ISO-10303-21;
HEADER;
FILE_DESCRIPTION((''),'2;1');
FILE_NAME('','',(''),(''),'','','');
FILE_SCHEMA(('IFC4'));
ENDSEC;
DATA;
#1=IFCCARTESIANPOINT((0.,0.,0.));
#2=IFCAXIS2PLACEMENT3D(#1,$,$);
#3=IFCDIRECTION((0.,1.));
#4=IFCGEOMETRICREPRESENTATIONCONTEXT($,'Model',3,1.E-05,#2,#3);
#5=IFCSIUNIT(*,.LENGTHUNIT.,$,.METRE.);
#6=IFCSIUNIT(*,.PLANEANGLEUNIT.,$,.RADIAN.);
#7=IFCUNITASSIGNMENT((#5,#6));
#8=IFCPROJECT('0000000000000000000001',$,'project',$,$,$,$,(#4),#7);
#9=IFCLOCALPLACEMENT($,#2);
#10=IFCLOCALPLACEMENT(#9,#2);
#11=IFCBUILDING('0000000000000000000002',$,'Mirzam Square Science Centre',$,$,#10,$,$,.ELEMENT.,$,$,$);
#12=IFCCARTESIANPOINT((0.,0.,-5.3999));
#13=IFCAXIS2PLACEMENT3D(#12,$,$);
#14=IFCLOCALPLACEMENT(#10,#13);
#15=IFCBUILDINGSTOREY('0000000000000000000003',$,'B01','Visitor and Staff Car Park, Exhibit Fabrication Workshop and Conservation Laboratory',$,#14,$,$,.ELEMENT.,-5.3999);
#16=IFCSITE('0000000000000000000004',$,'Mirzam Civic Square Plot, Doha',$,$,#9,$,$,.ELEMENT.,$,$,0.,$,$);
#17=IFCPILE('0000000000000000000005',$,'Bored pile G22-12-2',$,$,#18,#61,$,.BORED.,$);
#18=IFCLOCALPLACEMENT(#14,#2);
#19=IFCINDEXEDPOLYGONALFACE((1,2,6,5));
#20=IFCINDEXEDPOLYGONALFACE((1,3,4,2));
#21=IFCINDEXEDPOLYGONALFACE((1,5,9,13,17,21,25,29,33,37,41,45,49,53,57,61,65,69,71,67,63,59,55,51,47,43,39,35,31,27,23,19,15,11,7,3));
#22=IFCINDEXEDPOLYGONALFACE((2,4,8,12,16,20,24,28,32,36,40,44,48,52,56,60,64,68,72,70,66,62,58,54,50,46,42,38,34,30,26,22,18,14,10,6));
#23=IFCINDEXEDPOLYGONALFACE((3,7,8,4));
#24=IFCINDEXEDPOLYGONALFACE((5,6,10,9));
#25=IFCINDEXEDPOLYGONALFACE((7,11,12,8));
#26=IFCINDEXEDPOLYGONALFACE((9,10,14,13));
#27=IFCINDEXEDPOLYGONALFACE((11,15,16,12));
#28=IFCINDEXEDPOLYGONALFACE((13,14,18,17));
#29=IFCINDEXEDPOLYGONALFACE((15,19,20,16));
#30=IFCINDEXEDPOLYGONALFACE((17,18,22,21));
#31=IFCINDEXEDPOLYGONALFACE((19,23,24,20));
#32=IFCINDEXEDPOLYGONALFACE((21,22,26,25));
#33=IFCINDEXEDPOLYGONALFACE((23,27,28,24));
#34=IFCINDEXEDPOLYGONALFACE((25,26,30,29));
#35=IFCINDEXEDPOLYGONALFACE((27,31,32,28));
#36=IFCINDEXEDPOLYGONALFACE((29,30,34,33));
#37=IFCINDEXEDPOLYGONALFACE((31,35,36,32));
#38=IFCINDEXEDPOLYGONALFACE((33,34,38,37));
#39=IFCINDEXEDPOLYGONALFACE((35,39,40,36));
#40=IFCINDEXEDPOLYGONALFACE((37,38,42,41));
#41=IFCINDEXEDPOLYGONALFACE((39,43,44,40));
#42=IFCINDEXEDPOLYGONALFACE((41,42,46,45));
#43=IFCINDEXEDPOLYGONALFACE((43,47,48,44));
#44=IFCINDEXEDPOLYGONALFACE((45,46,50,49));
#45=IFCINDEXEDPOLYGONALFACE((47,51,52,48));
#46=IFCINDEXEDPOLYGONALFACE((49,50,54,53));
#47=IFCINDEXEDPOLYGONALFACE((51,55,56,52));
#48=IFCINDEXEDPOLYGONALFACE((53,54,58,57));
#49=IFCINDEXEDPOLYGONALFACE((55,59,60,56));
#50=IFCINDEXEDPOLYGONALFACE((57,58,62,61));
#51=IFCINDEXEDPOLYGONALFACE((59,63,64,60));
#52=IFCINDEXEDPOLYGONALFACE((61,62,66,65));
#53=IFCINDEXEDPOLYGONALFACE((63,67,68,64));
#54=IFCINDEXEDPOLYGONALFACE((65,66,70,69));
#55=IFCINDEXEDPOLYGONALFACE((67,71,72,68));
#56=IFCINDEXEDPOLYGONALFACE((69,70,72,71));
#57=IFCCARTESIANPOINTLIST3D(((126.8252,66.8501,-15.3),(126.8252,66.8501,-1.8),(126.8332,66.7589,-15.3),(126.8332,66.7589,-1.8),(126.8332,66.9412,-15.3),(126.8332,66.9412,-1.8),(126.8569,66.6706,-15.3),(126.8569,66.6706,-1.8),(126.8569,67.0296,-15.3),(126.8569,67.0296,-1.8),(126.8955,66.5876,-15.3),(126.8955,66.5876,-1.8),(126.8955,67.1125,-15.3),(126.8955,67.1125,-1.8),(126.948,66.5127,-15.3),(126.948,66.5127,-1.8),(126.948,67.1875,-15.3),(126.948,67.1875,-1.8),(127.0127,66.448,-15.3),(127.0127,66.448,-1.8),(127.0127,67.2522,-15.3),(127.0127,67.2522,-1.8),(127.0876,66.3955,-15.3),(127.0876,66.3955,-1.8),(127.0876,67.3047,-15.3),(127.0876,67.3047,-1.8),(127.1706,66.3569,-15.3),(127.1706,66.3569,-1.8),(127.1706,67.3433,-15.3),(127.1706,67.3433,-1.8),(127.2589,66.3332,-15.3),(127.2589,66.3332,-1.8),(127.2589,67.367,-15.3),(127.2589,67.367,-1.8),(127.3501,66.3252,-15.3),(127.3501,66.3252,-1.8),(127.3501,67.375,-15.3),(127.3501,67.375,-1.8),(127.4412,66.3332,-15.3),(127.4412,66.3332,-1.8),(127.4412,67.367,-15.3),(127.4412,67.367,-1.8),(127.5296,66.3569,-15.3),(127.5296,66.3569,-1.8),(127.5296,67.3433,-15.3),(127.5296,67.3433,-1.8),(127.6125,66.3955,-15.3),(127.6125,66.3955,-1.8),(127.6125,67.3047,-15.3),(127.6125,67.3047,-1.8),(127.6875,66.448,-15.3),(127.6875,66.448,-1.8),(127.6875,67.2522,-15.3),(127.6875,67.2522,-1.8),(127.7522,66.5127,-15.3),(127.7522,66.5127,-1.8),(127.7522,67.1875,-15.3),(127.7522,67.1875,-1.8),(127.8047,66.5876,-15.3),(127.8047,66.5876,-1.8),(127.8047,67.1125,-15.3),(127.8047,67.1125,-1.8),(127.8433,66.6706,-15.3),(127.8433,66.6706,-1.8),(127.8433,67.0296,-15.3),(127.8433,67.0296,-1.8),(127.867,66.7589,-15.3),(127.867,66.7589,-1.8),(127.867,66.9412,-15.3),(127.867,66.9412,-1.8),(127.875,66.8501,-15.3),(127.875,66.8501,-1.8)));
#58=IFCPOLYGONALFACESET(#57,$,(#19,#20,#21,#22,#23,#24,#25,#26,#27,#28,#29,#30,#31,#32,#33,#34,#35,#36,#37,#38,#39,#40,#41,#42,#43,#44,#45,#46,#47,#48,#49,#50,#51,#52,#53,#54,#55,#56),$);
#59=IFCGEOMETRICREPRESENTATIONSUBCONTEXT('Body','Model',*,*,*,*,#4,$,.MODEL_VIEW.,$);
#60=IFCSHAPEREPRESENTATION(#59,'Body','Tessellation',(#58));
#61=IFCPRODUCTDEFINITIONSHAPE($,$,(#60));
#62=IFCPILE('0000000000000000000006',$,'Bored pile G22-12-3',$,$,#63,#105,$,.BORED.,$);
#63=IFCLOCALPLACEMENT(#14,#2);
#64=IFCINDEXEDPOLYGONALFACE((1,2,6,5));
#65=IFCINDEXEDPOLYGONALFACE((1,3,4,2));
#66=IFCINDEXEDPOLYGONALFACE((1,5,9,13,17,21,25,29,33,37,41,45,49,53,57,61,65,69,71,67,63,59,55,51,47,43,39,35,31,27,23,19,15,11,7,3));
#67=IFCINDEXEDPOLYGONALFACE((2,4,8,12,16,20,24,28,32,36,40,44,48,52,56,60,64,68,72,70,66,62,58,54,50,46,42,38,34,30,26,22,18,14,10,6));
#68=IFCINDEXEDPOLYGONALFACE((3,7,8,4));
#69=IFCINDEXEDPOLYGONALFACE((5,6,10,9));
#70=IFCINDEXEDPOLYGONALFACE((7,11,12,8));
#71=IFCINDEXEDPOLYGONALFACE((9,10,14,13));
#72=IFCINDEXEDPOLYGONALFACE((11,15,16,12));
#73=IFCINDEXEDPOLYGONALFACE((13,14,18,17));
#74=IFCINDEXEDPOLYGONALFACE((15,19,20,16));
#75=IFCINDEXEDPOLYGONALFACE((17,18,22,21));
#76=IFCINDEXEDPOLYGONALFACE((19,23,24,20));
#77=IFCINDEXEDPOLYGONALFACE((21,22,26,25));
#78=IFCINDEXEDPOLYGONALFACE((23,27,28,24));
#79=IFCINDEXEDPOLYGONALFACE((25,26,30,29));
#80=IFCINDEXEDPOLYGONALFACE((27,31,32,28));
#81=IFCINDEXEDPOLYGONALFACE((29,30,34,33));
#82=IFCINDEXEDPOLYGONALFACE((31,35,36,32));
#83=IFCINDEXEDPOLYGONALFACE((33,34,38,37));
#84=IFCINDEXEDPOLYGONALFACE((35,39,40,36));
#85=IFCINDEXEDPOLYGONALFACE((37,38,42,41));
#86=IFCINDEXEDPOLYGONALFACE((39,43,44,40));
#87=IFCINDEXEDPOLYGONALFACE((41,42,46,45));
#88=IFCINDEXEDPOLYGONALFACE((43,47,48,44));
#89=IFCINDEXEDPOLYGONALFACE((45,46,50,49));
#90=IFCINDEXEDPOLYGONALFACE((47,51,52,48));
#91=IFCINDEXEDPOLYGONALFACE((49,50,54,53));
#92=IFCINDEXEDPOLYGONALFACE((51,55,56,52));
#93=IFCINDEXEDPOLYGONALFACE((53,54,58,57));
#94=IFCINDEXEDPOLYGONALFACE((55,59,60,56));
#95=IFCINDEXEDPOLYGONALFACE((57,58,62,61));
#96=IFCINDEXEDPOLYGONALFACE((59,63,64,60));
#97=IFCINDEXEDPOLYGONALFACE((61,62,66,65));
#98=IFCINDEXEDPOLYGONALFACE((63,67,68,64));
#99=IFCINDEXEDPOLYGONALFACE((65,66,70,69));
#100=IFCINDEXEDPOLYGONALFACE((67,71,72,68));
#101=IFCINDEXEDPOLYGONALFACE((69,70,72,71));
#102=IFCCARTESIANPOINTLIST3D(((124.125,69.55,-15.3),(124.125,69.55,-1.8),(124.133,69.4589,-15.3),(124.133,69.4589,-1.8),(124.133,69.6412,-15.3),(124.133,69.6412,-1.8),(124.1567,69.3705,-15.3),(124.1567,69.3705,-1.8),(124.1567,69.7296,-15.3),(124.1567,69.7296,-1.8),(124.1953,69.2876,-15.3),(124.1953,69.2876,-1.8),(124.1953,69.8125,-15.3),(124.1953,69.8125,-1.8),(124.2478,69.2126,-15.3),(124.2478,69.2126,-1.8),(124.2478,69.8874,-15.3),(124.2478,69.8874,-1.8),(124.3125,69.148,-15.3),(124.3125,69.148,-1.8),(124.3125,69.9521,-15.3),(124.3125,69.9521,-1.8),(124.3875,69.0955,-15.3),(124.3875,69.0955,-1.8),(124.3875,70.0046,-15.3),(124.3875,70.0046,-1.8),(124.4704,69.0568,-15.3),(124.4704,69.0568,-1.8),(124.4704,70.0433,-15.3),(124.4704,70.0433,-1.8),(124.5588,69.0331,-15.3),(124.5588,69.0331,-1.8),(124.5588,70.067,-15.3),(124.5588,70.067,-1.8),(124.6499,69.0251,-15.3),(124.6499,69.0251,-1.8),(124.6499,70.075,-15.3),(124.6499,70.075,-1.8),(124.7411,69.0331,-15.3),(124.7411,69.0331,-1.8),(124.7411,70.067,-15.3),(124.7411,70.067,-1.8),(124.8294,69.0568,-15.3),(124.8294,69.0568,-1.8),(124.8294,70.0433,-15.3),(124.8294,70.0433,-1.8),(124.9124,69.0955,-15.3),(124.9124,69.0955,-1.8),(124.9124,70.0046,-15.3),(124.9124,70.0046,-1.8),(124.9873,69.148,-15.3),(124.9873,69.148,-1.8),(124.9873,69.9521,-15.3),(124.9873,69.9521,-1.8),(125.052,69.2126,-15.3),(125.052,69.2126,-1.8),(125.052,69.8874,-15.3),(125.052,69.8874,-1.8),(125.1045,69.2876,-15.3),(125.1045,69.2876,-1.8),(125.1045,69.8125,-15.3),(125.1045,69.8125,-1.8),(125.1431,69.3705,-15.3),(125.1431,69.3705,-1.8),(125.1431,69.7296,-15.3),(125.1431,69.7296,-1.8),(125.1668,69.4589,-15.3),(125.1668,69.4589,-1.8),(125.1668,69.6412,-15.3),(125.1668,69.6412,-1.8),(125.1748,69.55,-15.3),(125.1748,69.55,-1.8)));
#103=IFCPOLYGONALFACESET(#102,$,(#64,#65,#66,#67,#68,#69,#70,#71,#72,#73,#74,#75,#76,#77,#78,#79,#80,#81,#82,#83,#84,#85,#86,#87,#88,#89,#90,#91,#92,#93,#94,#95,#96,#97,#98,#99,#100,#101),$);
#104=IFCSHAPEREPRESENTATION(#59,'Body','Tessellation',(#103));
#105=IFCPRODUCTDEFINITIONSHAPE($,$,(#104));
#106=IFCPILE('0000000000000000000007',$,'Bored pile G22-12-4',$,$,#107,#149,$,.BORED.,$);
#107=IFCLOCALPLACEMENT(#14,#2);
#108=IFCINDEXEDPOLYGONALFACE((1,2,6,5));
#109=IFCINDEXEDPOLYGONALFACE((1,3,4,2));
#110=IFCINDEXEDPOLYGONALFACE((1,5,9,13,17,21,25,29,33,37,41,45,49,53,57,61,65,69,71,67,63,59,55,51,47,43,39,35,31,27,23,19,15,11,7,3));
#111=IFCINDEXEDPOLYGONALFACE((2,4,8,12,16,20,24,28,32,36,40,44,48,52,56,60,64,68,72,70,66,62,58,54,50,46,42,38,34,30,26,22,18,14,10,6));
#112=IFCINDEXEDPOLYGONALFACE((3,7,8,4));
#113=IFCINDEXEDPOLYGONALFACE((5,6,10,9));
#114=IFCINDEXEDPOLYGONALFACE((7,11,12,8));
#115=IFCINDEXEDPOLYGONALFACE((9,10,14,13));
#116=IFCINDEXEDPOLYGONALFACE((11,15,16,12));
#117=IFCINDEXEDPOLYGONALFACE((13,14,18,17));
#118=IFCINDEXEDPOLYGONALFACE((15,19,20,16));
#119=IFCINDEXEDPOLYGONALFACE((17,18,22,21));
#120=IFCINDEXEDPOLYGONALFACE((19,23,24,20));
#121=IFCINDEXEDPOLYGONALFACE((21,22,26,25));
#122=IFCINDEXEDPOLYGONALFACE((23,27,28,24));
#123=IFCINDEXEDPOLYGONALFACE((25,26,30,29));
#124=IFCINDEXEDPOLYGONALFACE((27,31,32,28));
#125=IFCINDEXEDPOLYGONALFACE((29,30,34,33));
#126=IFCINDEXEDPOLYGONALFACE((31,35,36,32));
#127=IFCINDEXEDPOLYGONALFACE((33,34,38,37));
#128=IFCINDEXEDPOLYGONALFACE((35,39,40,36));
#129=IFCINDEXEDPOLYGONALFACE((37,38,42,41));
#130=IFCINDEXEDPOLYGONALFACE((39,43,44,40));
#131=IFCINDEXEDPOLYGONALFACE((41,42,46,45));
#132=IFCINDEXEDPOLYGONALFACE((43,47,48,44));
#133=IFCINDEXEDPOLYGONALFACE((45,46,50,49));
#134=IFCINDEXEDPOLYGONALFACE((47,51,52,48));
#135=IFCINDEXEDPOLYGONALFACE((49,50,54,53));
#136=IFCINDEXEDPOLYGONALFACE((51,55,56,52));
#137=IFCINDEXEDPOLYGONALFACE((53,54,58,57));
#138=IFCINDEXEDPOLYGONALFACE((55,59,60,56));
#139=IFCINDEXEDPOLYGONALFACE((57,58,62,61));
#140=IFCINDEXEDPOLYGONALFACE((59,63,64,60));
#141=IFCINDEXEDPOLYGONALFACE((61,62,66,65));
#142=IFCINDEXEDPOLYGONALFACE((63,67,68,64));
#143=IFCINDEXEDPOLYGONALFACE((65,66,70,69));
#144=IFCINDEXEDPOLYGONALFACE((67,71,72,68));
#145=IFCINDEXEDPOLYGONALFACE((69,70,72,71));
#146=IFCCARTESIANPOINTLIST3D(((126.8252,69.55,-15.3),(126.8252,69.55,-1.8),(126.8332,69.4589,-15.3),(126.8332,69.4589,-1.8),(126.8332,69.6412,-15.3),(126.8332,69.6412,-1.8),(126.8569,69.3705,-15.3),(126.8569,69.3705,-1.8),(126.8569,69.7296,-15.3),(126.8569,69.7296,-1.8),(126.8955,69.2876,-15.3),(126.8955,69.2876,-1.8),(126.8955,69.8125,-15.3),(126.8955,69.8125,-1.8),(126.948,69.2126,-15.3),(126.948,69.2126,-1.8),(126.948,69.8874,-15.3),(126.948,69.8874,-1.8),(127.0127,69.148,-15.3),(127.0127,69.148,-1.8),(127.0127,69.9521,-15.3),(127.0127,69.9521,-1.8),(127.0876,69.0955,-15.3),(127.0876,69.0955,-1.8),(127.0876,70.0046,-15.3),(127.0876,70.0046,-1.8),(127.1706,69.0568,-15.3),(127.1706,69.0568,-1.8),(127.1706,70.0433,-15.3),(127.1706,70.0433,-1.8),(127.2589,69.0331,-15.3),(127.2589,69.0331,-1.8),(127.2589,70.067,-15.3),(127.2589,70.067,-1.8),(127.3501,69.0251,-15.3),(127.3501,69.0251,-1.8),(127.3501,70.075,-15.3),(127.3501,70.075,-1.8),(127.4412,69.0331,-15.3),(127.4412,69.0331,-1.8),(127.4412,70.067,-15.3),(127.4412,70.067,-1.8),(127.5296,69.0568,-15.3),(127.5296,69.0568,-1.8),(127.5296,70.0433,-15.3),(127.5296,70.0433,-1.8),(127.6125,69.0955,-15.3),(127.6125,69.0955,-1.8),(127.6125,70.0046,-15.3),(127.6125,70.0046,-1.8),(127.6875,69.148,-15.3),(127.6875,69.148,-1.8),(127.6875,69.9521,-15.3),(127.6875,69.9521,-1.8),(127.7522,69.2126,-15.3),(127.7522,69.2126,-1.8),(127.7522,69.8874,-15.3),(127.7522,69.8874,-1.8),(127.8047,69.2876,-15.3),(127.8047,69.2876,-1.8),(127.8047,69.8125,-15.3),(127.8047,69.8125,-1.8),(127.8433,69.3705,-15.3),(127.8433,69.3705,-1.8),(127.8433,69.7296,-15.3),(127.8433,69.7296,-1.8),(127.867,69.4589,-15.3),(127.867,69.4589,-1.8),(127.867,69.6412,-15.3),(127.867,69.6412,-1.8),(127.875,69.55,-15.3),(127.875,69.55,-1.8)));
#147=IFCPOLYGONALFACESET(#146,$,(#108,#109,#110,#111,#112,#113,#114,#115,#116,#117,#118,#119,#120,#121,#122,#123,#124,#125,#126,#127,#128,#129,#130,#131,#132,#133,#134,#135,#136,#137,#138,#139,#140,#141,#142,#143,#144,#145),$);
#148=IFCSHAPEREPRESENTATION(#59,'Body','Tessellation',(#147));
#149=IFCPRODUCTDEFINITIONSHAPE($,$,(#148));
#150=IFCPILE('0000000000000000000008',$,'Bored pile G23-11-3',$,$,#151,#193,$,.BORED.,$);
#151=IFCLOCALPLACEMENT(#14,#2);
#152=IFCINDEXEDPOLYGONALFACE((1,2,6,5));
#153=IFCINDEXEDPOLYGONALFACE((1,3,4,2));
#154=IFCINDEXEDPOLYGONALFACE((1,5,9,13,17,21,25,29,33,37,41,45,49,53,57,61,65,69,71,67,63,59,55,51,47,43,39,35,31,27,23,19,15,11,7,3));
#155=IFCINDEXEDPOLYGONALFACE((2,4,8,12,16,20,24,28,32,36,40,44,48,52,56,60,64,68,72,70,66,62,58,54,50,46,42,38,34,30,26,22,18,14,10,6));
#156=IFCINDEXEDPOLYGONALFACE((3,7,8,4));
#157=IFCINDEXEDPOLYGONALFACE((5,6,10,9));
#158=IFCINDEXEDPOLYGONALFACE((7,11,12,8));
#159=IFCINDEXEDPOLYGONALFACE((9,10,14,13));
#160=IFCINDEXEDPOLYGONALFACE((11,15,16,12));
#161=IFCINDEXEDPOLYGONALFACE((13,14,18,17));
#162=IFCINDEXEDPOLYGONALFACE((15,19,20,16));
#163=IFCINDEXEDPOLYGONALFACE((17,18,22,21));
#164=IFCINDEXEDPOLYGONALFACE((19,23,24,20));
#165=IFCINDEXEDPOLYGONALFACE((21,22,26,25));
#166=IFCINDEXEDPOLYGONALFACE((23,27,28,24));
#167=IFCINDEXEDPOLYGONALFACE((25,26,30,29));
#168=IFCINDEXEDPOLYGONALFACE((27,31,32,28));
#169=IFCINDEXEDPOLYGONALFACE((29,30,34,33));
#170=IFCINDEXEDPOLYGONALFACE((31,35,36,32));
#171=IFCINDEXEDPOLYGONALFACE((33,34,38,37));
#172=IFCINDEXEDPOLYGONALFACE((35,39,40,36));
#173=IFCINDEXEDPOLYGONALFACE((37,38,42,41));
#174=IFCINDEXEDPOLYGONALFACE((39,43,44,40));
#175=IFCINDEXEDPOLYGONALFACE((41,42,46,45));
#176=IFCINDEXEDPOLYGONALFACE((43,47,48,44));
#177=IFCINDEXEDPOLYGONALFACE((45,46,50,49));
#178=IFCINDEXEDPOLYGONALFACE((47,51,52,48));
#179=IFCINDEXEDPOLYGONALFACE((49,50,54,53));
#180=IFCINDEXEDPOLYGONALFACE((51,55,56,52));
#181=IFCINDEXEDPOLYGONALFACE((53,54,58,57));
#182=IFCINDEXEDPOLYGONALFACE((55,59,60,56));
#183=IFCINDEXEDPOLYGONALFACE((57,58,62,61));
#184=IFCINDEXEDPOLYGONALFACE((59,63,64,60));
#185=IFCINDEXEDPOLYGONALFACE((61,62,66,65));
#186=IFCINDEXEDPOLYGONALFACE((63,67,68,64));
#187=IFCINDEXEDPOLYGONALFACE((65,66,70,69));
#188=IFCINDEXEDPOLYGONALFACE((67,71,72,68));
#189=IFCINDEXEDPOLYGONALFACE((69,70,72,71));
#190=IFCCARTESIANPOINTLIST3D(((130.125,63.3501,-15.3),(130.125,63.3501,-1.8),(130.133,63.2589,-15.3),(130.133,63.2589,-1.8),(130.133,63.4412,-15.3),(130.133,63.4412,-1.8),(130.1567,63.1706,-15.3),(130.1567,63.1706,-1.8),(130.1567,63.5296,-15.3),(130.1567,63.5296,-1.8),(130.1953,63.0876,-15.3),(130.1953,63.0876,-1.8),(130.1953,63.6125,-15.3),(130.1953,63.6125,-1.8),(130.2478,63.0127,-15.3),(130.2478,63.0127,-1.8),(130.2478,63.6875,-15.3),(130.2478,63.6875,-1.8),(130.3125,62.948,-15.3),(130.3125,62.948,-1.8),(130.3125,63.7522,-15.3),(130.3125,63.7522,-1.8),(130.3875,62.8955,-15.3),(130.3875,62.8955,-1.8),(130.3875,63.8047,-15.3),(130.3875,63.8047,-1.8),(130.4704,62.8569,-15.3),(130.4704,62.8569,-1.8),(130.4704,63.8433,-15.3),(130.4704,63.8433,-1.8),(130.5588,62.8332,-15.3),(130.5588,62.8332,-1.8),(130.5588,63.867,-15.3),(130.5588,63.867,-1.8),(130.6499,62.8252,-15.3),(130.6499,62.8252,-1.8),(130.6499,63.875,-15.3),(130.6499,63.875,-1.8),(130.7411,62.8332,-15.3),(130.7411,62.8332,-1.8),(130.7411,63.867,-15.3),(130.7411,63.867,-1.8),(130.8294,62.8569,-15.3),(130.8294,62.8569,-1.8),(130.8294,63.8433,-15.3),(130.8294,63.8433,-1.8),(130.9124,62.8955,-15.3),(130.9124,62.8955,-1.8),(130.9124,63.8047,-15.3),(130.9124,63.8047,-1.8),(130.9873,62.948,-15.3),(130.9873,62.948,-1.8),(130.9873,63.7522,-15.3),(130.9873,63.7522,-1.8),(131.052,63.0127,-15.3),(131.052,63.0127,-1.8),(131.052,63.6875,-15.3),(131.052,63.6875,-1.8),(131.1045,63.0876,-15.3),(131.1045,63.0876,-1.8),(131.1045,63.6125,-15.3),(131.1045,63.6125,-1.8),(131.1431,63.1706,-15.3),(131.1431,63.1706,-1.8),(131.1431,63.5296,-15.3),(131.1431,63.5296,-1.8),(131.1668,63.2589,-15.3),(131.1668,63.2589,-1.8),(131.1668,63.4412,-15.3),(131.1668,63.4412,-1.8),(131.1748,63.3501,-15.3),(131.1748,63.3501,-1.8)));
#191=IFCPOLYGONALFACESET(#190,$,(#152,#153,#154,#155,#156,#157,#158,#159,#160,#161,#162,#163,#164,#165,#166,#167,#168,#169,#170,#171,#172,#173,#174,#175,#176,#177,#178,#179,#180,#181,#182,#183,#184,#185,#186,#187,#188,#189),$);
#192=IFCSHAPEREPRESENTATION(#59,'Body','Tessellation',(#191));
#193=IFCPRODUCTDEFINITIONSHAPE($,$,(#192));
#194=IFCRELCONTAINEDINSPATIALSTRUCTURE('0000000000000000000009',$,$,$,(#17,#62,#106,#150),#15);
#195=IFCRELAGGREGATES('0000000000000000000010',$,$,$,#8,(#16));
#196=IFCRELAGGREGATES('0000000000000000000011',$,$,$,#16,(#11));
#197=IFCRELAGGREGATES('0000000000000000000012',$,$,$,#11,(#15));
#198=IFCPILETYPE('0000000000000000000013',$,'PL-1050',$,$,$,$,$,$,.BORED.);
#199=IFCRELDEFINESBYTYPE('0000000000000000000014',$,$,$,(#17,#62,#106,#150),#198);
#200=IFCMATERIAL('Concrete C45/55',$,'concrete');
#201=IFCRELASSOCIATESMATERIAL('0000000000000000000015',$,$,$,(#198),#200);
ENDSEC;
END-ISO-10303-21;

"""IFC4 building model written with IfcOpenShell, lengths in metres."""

from ifc_helpers import new_model, si_unit, direction, frame, origin, origin_2d, place, context, subcontext, project, spatial, circle, extrude, material, material_profile, profile_set, type_object, element, save


model = new_model("IFC4")

# Units and contexts
model_context = context("Model", 3, precision=1e-05, world=origin(), true_north=direction((0.0, 1.0)))
body_context = subcontext(model_context, "Body", "Model", "MODEL_VIEW")
ifc_project = project(units=[si_unit("LENGTHUNIT", "METRE"), si_unit("PLANEANGLEUNIT", "RADIAN")], contexts=[model_context])

# Site, building, storey
site_placement = place(None, origin())
site = spatial("IfcSite", under=ifc_project, at=site_placement, Name="Mirzam Civic Square Plot, Doha", CompositionType="ELEMENT", RefElevation=0.0)
building_placement = place(site_placement, origin())
building = spatial("IfcBuilding", under=site, at=building_placement, Name="Mirzam Square Science Centre", CompositionType="ELEMENT")
storey_placement = place(building_placement, frame((0.0, 0.0, -5.3999)))
storey = spatial("IfcBuildingStorey", under=building, at=storey_placement, Name="B01", Description="Visitor and Staff Car Park, Exhibit Fabrication Workshop and Conservation Laboratory", CompositionType="ELEMENT", Elevation=-5.3999)

# Shared definitions
ifc_material_1 = material(Name="Concrete C45/55", Category="concrete")

# Piles
ifc_material_profile_1 = material_profile(ifc_material_1, circle(Radius=0.5249, at=origin_2d()), Name="PILE-D1050")
ifc_profile_set_1 = profile_set([ifc_material_profile_1], Name="Concrete C45/55")
pile_type_1 = type_object("IfcPileType", Name="PL-1050", PredefinedType="BORED", material=ifc_profile_set_1)
for number, where, z_axis, x_axis, name in (
    (1, (127.3501, 66.8501, -1.8), (0.0, 0.0, -1.0), (1.0, 0.0, 0.0), "Bored pile G22-12-2"),
    (2, (124.6499, 69.55, -1.8), (0.0, 0.0, -1.0), (1.0, 0.0, 0.0), "Bored pile G22-12-3"),
    (3, (127.3501, 69.55, -1.8), (0.0, 0.0, -1.0), (1.0, 0.0, 0.0), "Bored pile G22-12-4"),
    (4, (130.6499, 63.3501, -1.8), (0.0, 0.0, -1.0), (1.0, 0.0, 0.0), "Bored pile G23-11-3"),
):
    element("IfcPile", number, at=place(storey_placement, frame(where, z_axis=z_axis, x_axis=x_axis)), inside=storey, type_object=pile_type_1, Name=name, PredefinedType="BORED", context=body_context, shape_type="SweptSolid", body=[
        extrude(circle(Radius=0.5249, at=origin_2d()), origin(), (0.0, 0.0, 1.0), 13.5),
    ])

save(model, "model.ifc")
